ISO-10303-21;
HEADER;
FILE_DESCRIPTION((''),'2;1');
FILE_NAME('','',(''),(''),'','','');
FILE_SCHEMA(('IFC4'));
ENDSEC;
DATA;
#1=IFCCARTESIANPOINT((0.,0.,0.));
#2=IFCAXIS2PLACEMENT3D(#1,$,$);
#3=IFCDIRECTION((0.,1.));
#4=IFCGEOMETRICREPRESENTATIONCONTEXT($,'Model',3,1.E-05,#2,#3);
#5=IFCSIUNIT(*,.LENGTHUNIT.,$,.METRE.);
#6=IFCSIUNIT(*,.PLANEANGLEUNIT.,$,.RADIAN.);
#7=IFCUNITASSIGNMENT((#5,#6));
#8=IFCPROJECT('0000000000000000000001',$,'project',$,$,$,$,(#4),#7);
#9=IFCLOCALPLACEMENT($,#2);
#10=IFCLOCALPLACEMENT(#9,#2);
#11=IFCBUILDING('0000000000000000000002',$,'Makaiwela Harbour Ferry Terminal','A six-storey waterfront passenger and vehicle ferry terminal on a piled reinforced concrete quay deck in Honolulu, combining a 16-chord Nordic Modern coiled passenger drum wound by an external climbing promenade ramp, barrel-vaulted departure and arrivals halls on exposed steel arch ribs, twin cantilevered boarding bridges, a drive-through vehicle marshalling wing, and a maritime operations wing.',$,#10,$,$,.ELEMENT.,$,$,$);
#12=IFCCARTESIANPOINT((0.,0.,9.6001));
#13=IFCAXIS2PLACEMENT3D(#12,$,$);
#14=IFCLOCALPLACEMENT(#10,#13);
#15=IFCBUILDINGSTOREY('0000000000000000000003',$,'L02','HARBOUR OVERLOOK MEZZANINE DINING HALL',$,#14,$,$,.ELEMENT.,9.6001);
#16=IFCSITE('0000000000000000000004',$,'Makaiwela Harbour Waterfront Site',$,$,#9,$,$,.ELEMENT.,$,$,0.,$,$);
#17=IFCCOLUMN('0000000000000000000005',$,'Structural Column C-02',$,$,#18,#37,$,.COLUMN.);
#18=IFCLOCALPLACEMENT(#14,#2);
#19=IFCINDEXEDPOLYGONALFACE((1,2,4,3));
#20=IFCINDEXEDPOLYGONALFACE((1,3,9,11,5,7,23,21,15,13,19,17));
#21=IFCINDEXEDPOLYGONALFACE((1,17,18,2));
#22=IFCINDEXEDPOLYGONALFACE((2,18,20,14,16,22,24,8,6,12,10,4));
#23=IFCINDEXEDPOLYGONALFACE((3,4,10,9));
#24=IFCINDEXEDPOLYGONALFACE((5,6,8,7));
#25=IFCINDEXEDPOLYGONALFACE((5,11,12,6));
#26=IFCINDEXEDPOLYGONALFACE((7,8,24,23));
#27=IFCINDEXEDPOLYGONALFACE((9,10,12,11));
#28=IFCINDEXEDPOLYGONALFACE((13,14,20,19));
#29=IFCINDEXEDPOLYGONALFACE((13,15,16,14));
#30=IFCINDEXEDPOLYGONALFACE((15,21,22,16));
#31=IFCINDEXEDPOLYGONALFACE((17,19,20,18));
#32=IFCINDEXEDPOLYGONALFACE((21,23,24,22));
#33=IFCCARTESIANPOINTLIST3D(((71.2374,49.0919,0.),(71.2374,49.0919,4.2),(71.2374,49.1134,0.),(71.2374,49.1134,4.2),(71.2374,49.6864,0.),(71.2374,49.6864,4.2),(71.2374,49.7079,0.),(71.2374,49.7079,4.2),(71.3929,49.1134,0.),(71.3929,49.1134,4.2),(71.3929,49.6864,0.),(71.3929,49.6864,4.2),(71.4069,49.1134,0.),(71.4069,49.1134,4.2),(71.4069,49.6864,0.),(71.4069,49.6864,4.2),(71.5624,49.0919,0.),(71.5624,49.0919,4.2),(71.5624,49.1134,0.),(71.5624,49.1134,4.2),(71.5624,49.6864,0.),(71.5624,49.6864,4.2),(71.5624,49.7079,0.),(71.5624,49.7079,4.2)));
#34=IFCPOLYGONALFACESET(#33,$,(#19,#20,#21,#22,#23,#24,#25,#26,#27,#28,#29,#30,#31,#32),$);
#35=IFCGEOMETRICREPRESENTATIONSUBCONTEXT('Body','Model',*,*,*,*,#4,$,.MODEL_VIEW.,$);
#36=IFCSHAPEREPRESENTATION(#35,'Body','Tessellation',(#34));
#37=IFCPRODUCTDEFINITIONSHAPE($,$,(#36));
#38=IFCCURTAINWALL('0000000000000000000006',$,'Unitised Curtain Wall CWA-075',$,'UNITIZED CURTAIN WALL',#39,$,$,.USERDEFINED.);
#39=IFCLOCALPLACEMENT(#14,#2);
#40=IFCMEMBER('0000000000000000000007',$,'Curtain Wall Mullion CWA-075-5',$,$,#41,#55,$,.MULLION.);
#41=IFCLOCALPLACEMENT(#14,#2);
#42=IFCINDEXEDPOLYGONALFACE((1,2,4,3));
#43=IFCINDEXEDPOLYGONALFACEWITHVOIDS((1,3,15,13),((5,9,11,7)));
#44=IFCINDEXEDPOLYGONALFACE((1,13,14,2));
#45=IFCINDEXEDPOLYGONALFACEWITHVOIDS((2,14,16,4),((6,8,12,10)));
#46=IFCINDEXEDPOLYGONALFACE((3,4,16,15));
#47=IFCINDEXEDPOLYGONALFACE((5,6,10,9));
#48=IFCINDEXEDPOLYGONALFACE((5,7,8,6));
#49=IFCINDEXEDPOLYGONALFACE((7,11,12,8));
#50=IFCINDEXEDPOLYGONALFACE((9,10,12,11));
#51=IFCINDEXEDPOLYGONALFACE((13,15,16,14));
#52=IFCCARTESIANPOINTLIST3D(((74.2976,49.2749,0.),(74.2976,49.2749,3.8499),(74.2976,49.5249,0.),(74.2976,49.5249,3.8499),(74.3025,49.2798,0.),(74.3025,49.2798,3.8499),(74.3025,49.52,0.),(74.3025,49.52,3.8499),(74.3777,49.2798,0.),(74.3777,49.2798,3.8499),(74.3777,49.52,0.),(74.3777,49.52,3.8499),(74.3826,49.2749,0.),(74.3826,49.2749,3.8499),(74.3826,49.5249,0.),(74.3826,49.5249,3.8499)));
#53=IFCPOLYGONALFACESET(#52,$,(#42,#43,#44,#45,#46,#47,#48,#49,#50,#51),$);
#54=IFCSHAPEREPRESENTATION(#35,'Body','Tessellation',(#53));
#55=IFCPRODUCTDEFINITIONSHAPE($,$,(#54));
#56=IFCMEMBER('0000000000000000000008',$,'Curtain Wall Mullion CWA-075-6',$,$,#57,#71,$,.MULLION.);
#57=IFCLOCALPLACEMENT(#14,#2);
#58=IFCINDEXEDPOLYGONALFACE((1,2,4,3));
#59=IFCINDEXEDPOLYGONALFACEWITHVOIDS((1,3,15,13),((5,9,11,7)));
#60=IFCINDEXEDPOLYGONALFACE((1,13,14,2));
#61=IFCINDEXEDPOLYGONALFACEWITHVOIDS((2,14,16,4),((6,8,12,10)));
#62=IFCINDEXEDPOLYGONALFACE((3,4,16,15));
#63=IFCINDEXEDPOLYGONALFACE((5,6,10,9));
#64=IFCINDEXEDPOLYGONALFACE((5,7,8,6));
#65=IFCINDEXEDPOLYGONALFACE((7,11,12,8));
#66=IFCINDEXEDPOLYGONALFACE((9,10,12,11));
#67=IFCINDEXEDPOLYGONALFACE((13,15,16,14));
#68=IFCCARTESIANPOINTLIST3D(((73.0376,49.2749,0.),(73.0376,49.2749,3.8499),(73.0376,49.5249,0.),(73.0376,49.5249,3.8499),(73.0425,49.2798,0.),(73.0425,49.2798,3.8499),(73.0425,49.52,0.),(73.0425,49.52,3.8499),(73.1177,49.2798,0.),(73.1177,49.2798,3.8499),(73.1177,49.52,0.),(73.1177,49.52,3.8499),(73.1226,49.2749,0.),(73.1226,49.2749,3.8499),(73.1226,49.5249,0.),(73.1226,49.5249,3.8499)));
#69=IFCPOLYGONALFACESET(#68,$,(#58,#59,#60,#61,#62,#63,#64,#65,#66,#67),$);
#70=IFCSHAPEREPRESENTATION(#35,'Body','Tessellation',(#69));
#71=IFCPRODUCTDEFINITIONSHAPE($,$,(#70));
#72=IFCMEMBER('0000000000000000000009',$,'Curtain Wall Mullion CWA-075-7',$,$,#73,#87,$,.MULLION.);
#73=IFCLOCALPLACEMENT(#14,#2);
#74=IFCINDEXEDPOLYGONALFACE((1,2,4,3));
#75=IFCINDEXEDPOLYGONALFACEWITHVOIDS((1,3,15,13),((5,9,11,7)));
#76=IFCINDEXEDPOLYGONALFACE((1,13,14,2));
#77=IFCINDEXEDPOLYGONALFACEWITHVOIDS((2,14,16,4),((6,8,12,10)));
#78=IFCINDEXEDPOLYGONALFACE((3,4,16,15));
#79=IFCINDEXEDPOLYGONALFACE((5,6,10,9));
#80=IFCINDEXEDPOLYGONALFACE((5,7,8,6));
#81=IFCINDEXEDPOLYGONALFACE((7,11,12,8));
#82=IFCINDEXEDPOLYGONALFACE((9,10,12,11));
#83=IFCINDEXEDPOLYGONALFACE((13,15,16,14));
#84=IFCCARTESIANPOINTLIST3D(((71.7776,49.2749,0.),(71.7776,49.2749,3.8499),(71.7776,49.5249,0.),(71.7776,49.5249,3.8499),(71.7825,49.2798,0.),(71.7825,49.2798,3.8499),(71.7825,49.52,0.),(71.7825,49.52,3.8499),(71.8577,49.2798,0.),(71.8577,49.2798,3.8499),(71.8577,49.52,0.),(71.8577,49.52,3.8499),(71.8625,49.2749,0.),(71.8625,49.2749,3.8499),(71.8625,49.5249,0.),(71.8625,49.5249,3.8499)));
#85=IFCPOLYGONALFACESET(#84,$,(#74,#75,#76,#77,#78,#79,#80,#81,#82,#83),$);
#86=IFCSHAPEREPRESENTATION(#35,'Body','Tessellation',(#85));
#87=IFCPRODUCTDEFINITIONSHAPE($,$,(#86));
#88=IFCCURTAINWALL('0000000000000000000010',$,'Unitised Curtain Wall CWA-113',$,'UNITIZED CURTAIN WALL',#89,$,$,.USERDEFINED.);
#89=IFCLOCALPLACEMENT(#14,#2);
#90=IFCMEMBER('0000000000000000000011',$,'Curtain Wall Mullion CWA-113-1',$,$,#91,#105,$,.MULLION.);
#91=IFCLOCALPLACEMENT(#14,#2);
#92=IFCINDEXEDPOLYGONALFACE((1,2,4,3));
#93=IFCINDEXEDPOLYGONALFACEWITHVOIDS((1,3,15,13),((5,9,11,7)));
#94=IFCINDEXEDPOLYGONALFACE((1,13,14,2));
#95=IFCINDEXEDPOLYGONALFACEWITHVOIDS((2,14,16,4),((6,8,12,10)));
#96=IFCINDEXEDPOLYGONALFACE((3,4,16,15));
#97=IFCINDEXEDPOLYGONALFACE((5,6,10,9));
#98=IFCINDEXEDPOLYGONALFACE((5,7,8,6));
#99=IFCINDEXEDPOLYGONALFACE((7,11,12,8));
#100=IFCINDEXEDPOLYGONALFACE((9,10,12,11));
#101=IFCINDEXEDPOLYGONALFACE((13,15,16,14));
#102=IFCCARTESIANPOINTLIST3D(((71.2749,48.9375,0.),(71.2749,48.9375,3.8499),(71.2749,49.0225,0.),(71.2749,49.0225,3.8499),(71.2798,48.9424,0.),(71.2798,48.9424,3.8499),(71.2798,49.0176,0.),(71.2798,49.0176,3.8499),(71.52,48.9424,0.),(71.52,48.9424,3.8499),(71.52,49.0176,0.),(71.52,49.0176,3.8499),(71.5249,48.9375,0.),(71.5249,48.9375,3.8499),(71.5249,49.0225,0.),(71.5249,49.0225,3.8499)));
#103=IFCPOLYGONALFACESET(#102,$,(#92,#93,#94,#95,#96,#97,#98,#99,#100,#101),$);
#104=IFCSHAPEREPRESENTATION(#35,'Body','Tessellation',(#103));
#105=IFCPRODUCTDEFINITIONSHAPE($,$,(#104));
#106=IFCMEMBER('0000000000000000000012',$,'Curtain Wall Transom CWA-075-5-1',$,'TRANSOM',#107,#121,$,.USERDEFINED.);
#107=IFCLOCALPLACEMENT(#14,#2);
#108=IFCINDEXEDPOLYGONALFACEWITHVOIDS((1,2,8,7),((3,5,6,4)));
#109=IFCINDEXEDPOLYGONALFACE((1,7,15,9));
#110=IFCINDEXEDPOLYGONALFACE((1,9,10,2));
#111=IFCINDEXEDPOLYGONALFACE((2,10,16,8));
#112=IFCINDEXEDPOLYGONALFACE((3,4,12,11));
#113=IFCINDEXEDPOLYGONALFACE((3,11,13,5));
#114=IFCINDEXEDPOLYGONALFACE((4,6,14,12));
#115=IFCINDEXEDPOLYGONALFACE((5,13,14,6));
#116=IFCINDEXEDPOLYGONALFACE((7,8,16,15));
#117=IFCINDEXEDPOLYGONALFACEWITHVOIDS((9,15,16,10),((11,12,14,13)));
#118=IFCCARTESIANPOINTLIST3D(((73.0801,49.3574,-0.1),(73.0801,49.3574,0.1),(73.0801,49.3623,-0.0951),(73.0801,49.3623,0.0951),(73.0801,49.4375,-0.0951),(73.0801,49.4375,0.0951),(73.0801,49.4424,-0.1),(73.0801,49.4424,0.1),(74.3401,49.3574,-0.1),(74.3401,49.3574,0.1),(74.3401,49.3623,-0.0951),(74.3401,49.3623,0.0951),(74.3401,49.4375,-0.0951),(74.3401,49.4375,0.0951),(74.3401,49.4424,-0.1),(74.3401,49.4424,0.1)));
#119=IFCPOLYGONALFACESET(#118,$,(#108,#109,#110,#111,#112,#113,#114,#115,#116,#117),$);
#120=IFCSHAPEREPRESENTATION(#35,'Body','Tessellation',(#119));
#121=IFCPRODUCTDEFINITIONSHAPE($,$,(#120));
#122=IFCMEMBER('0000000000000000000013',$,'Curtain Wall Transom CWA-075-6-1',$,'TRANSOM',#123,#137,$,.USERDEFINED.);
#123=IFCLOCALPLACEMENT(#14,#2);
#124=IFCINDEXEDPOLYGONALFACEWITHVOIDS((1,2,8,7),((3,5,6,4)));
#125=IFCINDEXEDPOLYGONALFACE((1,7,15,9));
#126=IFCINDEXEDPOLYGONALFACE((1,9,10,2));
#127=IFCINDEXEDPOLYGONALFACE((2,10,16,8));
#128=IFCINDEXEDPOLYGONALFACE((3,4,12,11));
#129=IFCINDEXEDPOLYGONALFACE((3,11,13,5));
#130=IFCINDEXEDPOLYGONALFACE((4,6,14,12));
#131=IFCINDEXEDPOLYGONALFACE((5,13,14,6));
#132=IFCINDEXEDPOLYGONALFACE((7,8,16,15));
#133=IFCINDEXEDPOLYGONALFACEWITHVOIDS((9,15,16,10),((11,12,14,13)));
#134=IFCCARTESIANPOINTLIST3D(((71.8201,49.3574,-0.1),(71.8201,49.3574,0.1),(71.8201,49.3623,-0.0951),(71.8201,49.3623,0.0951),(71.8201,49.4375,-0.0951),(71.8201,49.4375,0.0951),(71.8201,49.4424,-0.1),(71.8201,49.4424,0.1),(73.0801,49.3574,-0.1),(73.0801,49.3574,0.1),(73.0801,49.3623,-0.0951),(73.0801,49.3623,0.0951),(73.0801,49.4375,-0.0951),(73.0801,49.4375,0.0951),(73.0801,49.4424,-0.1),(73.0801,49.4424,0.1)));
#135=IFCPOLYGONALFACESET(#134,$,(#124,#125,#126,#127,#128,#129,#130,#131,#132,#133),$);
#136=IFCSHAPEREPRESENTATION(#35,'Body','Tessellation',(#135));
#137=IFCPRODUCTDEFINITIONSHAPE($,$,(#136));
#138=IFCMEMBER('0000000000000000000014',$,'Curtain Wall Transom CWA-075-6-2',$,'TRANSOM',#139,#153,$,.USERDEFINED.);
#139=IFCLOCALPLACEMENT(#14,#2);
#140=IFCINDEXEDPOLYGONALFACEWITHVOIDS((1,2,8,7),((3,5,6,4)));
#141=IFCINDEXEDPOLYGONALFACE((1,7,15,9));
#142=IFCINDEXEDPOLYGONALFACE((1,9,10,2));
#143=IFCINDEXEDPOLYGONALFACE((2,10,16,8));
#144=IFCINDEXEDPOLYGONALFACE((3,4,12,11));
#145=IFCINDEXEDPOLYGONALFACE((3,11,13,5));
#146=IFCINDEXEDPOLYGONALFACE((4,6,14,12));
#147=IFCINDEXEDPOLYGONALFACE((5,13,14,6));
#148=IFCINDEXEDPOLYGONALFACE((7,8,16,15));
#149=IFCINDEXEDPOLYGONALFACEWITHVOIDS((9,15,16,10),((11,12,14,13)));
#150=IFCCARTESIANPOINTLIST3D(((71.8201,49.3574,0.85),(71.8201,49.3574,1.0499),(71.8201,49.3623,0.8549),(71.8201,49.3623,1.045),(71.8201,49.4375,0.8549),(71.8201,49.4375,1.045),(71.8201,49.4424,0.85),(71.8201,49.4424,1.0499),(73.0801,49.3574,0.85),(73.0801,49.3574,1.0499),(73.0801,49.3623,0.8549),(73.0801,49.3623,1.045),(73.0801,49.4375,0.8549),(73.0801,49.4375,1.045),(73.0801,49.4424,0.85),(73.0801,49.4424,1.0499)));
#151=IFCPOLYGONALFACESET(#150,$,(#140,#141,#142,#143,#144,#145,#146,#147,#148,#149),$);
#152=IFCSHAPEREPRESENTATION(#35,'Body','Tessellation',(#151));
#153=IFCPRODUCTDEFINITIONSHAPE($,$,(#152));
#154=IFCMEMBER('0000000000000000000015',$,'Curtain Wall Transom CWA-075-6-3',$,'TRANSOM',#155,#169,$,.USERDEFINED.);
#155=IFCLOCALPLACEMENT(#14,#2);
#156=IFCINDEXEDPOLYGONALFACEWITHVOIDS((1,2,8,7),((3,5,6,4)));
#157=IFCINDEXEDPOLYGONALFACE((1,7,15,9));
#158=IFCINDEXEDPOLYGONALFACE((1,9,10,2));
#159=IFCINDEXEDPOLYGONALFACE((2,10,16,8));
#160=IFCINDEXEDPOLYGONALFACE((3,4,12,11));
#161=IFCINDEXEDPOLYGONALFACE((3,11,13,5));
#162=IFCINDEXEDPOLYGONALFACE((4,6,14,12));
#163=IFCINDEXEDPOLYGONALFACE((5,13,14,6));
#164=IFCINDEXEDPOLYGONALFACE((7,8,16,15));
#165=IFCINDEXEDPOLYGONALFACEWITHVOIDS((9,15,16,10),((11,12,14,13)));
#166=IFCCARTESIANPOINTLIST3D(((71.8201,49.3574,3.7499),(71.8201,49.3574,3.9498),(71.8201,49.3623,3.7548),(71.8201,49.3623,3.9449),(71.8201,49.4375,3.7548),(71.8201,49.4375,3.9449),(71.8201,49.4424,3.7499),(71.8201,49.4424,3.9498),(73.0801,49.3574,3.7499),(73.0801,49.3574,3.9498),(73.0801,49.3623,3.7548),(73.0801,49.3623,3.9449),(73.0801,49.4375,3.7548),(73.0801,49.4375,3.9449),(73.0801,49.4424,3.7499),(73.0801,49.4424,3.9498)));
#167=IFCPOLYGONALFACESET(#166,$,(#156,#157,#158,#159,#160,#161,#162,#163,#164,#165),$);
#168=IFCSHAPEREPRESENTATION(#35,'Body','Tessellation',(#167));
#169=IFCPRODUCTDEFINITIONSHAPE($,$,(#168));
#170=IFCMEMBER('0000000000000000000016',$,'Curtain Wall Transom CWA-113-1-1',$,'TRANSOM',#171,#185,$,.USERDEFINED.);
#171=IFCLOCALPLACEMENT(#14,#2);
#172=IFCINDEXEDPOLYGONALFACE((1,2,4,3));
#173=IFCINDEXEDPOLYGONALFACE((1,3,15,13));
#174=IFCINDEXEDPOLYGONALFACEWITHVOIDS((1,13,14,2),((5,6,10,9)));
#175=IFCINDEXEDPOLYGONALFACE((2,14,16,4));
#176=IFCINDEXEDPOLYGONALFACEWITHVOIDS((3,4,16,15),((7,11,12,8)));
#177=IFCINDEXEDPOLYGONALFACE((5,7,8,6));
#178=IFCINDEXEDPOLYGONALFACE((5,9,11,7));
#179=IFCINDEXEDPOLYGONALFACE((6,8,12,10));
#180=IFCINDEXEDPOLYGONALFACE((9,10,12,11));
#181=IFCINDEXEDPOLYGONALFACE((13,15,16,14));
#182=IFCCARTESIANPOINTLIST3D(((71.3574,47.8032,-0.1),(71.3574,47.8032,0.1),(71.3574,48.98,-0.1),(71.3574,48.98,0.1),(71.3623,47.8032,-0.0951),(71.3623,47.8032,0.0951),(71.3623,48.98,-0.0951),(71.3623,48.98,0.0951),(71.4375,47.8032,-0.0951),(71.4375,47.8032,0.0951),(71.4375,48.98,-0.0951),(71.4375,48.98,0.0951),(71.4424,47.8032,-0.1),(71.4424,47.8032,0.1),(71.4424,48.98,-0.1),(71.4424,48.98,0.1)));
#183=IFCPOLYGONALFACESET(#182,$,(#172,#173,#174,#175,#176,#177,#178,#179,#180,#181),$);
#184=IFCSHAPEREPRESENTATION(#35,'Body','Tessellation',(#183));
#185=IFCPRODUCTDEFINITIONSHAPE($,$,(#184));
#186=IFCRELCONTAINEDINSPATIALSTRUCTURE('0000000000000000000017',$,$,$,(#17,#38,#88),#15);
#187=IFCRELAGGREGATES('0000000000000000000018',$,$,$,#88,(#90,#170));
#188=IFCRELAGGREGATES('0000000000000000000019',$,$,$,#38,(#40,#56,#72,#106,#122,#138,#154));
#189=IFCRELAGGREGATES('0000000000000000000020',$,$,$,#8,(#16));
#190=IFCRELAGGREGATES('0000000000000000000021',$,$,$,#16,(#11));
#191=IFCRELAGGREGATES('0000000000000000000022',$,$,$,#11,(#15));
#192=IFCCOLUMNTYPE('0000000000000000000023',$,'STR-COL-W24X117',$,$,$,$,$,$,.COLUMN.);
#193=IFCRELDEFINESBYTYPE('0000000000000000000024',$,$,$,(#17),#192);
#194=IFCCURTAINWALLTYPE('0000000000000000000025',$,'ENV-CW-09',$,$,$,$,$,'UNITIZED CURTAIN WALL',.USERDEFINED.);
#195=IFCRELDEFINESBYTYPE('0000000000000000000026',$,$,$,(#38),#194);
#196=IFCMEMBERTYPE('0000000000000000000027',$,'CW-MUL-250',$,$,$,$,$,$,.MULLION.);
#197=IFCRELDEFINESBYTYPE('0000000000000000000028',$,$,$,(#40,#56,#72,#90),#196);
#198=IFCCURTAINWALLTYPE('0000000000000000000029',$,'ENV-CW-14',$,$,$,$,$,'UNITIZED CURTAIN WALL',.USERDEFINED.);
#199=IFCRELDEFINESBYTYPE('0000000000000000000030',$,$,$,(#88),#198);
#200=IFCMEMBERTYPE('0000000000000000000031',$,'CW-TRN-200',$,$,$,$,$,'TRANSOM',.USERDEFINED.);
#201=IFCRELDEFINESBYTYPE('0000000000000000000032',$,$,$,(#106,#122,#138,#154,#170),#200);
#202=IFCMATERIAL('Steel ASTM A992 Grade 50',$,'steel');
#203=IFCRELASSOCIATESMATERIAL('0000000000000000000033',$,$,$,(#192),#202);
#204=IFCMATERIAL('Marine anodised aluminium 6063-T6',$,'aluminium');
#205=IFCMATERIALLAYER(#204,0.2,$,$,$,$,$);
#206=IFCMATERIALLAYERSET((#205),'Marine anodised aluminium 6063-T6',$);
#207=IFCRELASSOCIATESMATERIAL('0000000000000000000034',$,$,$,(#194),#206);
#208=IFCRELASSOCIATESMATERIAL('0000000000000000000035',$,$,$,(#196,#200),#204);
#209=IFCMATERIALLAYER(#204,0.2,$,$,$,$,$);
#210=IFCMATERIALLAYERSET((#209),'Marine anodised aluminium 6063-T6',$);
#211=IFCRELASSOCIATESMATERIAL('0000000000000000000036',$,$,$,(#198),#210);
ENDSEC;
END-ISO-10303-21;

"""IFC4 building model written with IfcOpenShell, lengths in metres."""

from ifc_helpers import new_model, si_unit, direction, frame, origin, origin_2d, place, context, subcontext, project, spatial, hollow_rectangle, i_section, extrude, material, layer, layer_set, material_profile, profile_set, type_object, element, aggregate, save


model = new_model("IFC4")

# Units and contexts
model_context = context("Model", 3, precision=1e-05, world=origin(), true_north=direction((0.0, 1.0)))
body_context = subcontext(model_context, "Body", "Model", "MODEL_VIEW")
ifc_project = project(units=[si_unit("LENGTHUNIT", "METRE"), si_unit("PLANEANGLEUNIT", "RADIAN")], contexts=[model_context])

# Site, building, storey
site_placement = place(None, origin())
site = spatial("IfcSite", under=ifc_project, at=site_placement, Name="Makaiwela Harbour Waterfront Site", CompositionType="ELEMENT", RefElevation=0.0)
building_placement = place(site_placement, origin())
building = spatial("IfcBuilding", under=site, at=building_placement, Name="Makaiwela Harbour Ferry Terminal", Description="A six-storey waterfront passenger and vehicle ferry terminal on a piled reinforced concrete quay deck in Honolulu, combining a 16-chord Nordic Modern coiled passenger drum wound by an external climbing promenade ramp, barrel-vaulted departure and arrivals halls on exposed steel arch ribs, twin cantilevered boarding bridges, a drive-through vehicle marshalling wing, and a maritime operations wing.", CompositionType="ELEMENT")
storey_placement = place(building_placement, frame((0.0, 0.0, 9.6001)))
storey = spatial("IfcBuildingStorey", under=building, at=storey_placement, Name="L02", Description="HARBOUR OVERLOOK MEZZANINE DINING HALL", CompositionType="ELEMENT", Elevation=9.6001)

# Column
ifc_material_1 = material(Name="Steel ASTM A992 Grade 50", Category="steel")
ifc_material_profile_1 = material_profile(ifc_material_1, i_section(OverallWidth=0.325, OverallDepth=0.616, WebThickness=0.0139, FlangeThickness=0.0215, at=origin_2d()), Name="W24X117")
ifc_profile_set_1 = profile_set([ifc_material_profile_1], Name="Steel ASTM A992 Grade 50")
column_type = type_object("IfcColumnType", Name="STR-COL-W24X117", PredefinedType="COLUMN", material=ifc_profile_set_1)
column_placement = place(storey_placement, frame((71.3999, 49.3999, 0.0), z_axis=(0.0, 0.0, 1.0), x_axis=(1.0, 0.0, 0.0)))
element("IfcColumn", 1, at=column_placement, inside=storey, type_object=column_type, Name="Structural Column C-02", PredefinedType="COLUMN", context=body_context, shape_type="SweptSolid", body=[
    extrude(i_section(OverallWidth=0.325, OverallDepth=0.616, WebThickness=0.0139, FlangeThickness=0.0215, at=origin_2d()), origin(), (0.0, 0.0, 1.0), 4.2),
])

# Curtain wall, members
ifc_material_2 = material(Name="Marine anodised aluminium 6063-T6", Category="aluminium")
ifc_layer_1 = layer(ifc_material_2, 0.2)
ifc_layer_set_1 = layer_set([ifc_layer_1], Name="Marine anodised aluminium 6063-T6")
curtain_wall_type_1 = type_object("IfcCurtainWallType", Name="ENV-CW-09", ElementType="UNITIZED CURTAIN WALL", PredefinedType="USERDEFINED", material=ifc_layer_set_1)
curtain_wall_1_placement = place(storey_placement, origin())
curtain_wall_1 = element("IfcCurtainWall", 2, at=curtain_wall_1_placement, inside=storey, type_object=curtain_wall_type_1, Name="Unitised Curtain Wall CWA-075", ObjectType="UNITIZED CURTAIN WALL", PredefinedType="USERDEFINED")
ifc_material_profile_2 = material_profile(ifc_material_2, hollow_rectangle(XDim=0.085, YDim=0.25, WallThickness=0.0049, at=origin_2d()), Name="CWM-250X85")
ifc_profile_set_2 = profile_set([ifc_material_profile_2], Name="Marine anodised aluminium 6063-T6")
member_type_1 = type_object("IfcMemberType", Name="CW-MUL-250", PredefinedType="MULLION", material=ifc_profile_set_2)
member_1_placement = place(storey_placement, frame((74.3401, 49.3999, 0.0), z_axis=(0.0, 0.0, 1.0), x_axis=(1.0, 0.0, 0.0)))
member_1 = element("IfcMember", 3, at=member_1_placement, type_object=member_type_1, Name="Curtain Wall Mullion CWA-075-5", PredefinedType="MULLION", context=body_context, shape_type="SweptSolid", body=[
    extrude(hollow_rectangle(XDim=0.085, YDim=0.25, WallThickness=0.0049, at=origin_2d()), origin(), (0.0, 0.0, 1.0), 3.8499),
])
member_2_placement = place(storey_placement, frame((73.0801, 49.3999, 0.0), z_axis=(0.0, 0.0, 1.0), x_axis=(1.0, 0.0, 0.0)))
member_2 = element("IfcMember", 4, at=member_2_placement, type_object=member_type_1, Name="Curtain Wall Mullion CWA-075-6", PredefinedType="MULLION", context=body_context, shape_type="SweptSolid", body=[
    extrude(hollow_rectangle(XDim=0.085, YDim=0.25, WallThickness=0.0049, at=origin_2d()), origin(), (0.0, 0.0, 1.0), 3.8499),
])
member_3_placement = place(storey_placement, frame((71.8201, 49.3999, 0.0), z_axis=(0.0, 0.0, 1.0), x_axis=(1.0, 0.0, 0.0)))
member_3 = element("IfcMember", 5, at=member_3_placement, type_object=member_type_1, Name="Curtain Wall Mullion CWA-075-7", PredefinedType="MULLION", context=body_context, shape_type="SweptSolid", body=[
    extrude(hollow_rectangle(XDim=0.085, YDim=0.25, WallThickness=0.0049, at=origin_2d()), origin(), (0.0, 0.0, 1.0), 3.8499),
])

# Curtain wall, member
ifc_layer_2 = layer(ifc_material_2, 0.2)
ifc_layer_set_2 = layer_set([ifc_layer_2], Name="Marine anodised aluminium 6063-T6")
curtain_wall_type_2 = type_object("IfcCurtainWallType", Name="ENV-CW-14", ElementType="UNITIZED CURTAIN WALL", PredefinedType="USERDEFINED", material=ifc_layer_set_2)
curtain_wall_2_placement = place(storey_placement, origin())
curtain_wall_2 = element("IfcCurtainWall", 6, at=curtain_wall_2_placement, inside=storey, type_object=curtain_wall_type_2, Name="Unitised Curtain Wall CWA-113", ObjectType="UNITIZED CURTAIN WALL", PredefinedType="USERDEFINED")
member_4_placement = place(storey_placement, frame((71.3999, 48.98, 0.0), z_axis=(0.0, 0.0, 1.0), x_axis=(0.0, 1.0, 0.0)))
member_4 = element("IfcMember", 7, at=member_4_placement, type_object=member_type_1, Name="Curtain Wall Mullion CWA-113-1", PredefinedType="MULLION", context=body_context, shape_type="SweptSolid", body=[
    extrude(hollow_rectangle(XDim=0.085, YDim=0.25, WallThickness=0.0049, at=origin_2d()), origin(), (0.0, 0.0, 1.0), 3.8499),
])

# Members
ifc_material_profile_3 = material_profile(ifc_material_2, hollow_rectangle(XDim=0.085, YDim=0.2, WallThickness=0.0049, at=origin_2d()), Name="CWT-200X85")
ifc_profile_set_3 = profile_set([ifc_material_profile_3], Name="Marine anodised aluminium 6063-T6")
member_type_2 = type_object("IfcMemberType", Name="CW-TRN-200", ElementType="TRANSOM", PredefinedType="USERDEFINED", material=ifc_profile_set_3)
member_5_placement = place(storey_placement, frame((74.3401, 49.3999, 0.0), z_axis=(-1.0, 0.0, 0.0), x_axis=(0.0, -1.0, 0.0)))
member_5 = element("IfcMember", 8, at=member_5_placement, type_object=member_type_2, Name="Curtain Wall Transom CWA-075-5-1", ObjectType="TRANSOM", PredefinedType="USERDEFINED", context=body_context, shape_type="SweptSolid", body=[
    extrude(hollow_rectangle(XDim=0.085, YDim=0.2, WallThickness=0.0049, at=origin_2d()), origin(), (0.0, 0.0, 1.0), 1.26),
])
member_6_placement = place(storey_placement, frame((73.0801, 49.3999, 0.0), z_axis=(-1.0, 0.0, 0.0), x_axis=(0.0, -1.0, 0.0)))
member_6 = element("IfcMember", 9, at=member_6_placement, type_object=member_type_2, Name="Curtain Wall Transom CWA-075-6-1", ObjectType="TRANSOM", PredefinedType="USERDEFINED", context=body_context, shape_type="SweptSolid", body=[
    extrude(hollow_rectangle(XDim=0.085, YDim=0.2, WallThickness=0.0049, at=origin_2d()), origin(), (0.0, 0.0, 1.0), 1.26),
])
member_7_placement = place(storey_placement, frame((73.0801, 49.3999, 0.95), z_axis=(-1.0, 0.0, 0.0), x_axis=(0.0, -1.0, 0.0)))
member_7 = element("IfcMember", 10, at=member_7_placement, type_object=member_type_2, Name="Curtain Wall Transom CWA-075-6-2", ObjectType="TRANSOM", PredefinedType="USERDEFINED", context=body_context, shape_type="SweptSolid", body=[
    extrude(hollow_rectangle(XDim=0.085, YDim=0.2, WallThickness=0.0049, at=origin_2d()), origin(), (0.0, 0.0, 1.0), 1.26),
])
member_8_placement = place(storey_placement, frame((73.0801, 49.3999, 3.8499), z_axis=(-1.0, 0.0, 0.0), x_axis=(0.0, -1.0, 0.0)))
member_8 = element("IfcMember", 11, at=member_8_placement, type_object=member_type_2, Name="Curtain Wall Transom CWA-075-6-3", ObjectType="TRANSOM", PredefinedType="USERDEFINED", context=body_context, shape_type="SweptSolid", body=[
    extrude(hollow_rectangle(XDim=0.085, YDim=0.2, WallThickness=0.0049, at=origin_2d()), origin(), (0.0, 0.0, 1.0), 1.26),
])
member_9_placement = place(storey_placement, frame((71.3999, 48.98, 0.0), z_axis=(0.0, -1.0, 0.0), x_axis=(1.0, 0.0, 0.0)))
member_9 = element("IfcMember", 12, at=member_9_placement, type_object=member_type_2, Name="Curtain Wall Transom CWA-113-1-1", ObjectType="TRANSOM", PredefinedType="USERDEFINED", context=body_context, shape_type="SweptSolid", body=[
    extrude(hollow_rectangle(XDim=0.085, YDim=0.2, WallThickness=0.0049, at=origin_2d()), origin(), (0.0, 0.0, 1.0), 1.1768),
])
aggregate(curtain_wall_2, [member_4, member_9])

aggregate(curtain_wall_1, [member_1, member_2, member_3, member_5, member_6, member_7, member_8])

save(model, "model.ifc")
